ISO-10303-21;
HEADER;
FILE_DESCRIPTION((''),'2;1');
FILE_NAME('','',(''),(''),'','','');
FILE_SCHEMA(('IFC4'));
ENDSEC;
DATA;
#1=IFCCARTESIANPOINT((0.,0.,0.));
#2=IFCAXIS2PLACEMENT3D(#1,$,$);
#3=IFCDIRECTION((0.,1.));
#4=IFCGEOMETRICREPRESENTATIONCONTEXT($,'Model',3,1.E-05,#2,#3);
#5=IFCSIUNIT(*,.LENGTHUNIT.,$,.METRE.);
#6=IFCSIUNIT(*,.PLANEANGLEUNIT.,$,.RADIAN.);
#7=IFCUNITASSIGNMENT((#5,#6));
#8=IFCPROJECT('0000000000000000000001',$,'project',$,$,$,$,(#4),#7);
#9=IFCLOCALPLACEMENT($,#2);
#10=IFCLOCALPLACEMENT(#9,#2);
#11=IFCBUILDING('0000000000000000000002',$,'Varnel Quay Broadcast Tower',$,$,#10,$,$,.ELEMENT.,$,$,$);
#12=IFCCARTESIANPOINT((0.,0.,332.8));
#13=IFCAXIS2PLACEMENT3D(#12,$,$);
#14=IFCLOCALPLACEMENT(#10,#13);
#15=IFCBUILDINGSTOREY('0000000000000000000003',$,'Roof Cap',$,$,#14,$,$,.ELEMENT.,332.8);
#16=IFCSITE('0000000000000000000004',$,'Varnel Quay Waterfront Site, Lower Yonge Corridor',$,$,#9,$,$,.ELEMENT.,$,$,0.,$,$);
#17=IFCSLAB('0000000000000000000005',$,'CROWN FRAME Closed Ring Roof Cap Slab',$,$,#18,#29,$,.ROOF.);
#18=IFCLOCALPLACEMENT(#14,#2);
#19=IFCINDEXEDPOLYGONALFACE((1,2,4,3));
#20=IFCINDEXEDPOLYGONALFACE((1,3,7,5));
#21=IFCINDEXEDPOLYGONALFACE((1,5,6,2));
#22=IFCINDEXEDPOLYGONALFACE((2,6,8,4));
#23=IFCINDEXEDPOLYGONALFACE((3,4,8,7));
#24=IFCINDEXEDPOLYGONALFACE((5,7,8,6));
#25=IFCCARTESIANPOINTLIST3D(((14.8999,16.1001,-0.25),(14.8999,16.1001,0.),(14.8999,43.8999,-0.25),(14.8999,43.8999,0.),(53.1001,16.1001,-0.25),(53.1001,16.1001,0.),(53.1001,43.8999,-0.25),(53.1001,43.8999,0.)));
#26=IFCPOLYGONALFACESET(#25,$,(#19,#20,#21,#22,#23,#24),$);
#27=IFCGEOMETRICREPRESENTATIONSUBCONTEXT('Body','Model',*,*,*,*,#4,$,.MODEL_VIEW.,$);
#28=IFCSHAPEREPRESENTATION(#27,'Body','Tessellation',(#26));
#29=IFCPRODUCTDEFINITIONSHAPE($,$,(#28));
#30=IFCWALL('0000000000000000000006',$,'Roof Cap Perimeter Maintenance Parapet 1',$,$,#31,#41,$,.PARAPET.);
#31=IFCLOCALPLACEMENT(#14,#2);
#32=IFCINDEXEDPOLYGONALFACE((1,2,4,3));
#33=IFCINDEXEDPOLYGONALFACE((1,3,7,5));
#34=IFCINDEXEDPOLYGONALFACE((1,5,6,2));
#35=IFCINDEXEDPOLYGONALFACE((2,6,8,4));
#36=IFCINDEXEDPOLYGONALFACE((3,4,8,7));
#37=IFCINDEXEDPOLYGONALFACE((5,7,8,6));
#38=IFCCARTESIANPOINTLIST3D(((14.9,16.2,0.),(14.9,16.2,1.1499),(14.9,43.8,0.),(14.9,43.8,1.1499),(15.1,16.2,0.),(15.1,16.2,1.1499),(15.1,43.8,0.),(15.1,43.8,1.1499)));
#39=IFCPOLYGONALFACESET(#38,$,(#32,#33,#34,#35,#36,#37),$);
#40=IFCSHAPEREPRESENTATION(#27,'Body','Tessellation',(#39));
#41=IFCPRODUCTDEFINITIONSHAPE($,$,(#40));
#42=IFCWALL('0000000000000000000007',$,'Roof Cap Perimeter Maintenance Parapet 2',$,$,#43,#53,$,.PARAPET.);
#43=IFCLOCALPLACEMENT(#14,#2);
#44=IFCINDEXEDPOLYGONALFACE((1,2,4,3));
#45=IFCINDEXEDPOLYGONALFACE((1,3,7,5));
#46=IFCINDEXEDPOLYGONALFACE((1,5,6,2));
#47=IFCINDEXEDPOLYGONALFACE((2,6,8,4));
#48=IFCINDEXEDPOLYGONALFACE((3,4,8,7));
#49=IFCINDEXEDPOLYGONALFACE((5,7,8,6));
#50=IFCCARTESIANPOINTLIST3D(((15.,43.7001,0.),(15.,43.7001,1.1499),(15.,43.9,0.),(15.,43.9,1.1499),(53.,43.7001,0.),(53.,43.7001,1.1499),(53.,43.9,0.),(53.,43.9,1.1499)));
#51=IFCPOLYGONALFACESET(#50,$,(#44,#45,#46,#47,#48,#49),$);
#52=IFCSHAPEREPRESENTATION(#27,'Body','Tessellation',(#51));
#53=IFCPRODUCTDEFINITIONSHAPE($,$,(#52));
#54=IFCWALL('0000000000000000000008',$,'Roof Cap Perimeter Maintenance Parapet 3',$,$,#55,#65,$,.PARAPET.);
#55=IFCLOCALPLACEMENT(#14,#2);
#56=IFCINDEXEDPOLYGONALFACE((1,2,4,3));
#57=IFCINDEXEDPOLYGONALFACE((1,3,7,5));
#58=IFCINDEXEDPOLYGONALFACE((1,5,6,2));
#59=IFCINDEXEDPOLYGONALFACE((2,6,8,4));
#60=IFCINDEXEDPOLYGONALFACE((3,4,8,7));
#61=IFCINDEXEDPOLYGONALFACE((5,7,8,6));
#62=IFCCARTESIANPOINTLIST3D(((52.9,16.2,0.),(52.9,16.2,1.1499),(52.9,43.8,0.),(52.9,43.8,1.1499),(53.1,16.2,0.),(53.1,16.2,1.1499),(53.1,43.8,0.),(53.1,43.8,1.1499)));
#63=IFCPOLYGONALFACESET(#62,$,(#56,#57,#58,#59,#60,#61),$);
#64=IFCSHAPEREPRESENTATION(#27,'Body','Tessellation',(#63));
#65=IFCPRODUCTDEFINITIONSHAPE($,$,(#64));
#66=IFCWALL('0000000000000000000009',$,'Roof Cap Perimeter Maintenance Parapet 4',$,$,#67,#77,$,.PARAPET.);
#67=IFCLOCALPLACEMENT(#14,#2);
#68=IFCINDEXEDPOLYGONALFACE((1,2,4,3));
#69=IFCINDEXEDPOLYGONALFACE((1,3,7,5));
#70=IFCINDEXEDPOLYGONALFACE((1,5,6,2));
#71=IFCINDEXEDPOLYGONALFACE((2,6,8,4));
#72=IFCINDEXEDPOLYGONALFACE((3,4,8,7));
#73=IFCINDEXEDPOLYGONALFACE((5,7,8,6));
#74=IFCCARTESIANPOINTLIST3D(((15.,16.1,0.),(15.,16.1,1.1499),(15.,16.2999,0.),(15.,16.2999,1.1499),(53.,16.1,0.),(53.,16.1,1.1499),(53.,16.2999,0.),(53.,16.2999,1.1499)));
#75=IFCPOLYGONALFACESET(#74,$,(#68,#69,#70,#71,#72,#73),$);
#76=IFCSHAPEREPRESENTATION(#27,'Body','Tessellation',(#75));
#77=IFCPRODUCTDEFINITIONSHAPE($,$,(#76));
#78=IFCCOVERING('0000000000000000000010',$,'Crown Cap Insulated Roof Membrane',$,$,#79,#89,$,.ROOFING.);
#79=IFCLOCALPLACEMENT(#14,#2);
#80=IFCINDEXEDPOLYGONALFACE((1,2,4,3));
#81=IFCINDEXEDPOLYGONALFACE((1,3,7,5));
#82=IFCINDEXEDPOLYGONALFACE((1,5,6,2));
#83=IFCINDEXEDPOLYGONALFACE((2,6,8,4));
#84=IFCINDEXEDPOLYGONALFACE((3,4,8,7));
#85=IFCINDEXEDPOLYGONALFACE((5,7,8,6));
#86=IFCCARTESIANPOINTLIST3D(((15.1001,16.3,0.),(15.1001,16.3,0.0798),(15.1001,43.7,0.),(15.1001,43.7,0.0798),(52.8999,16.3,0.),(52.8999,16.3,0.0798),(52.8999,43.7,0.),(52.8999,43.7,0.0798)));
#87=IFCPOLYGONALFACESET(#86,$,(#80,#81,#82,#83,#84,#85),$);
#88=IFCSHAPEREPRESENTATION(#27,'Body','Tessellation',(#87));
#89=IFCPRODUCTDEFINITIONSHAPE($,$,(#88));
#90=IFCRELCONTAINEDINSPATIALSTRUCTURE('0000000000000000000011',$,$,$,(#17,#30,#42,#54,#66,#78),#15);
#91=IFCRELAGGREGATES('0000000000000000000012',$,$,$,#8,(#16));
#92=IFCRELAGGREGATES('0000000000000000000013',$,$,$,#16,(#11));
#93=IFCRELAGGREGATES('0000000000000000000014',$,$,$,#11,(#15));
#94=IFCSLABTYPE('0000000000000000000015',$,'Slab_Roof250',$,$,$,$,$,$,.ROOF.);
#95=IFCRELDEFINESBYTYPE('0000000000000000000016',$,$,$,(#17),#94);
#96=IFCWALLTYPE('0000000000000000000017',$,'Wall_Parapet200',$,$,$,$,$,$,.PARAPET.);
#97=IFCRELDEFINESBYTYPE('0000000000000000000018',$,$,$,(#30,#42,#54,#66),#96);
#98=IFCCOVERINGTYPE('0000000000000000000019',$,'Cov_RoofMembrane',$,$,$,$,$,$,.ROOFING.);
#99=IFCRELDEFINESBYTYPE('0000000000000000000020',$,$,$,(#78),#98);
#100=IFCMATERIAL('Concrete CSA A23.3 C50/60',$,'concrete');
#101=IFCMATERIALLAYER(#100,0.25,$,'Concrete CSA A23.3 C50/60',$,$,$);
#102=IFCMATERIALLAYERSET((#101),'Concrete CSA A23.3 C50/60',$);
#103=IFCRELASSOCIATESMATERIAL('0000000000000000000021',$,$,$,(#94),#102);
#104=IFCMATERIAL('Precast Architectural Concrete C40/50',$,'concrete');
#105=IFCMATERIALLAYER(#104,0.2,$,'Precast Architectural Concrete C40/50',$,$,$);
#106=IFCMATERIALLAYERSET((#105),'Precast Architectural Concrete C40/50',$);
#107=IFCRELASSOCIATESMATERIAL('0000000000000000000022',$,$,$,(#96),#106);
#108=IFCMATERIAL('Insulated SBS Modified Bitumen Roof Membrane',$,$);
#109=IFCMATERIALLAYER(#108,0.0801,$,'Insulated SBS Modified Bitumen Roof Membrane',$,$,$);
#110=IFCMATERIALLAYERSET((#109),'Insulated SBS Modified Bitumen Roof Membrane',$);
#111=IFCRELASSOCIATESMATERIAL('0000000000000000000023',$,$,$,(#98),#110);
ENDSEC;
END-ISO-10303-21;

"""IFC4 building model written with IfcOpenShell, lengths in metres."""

from ifc_helpers import new_model, si_unit, direction, frame, frame_2d, origin, place, context, subcontext, project, spatial, polyline, rectangle, outline, extrude, material, layer, layer_set, type_object, element, save


model = new_model("IFC4")

# Units and contexts
model_context = context("Model", 3, precision=1e-05, world=origin(), true_north=direction((0.0, 1.0)))
body_context = subcontext(model_context, "Body", "Model", "MODEL_VIEW")
ifc_project = project(units=[si_unit("LENGTHUNIT", "METRE"), si_unit("PLANEANGLEUNIT", "RADIAN")], contexts=[model_context])

# Site, building, storey
site_placement = place(None, origin())
site = spatial("IfcSite", under=ifc_project, at=site_placement, Name="Varnel Quay Waterfront Site, Lower Yonge Corridor", CompositionType="ELEMENT", RefElevation=0.0)
building_placement = place(site_placement, origin())
building = spatial("IfcBuilding", under=site, at=building_placement, Name="Varnel Quay Broadcast Tower", CompositionType="ELEMENT")
storey_placement = place(building_placement, frame((0.0, 0.0, 332.8)))
storey = spatial("IfcBuildingStorey", under=building, at=storey_placement, Name="Roof Cap", CompositionType="ELEMENT", Elevation=332.8)

# Slab
ifc_material_1 = material(Name="Concrete CSA A23.3 C50/60", Category="concrete")
ifc_layer_1 = layer(ifc_material_1, 0.25, Name="Concrete CSA A23.3 C50/60")
ifc_layer_set_1 = layer_set([ifc_layer_1], Name="Concrete CSA A23.3 C50/60")
slab_type = type_object("IfcSlabType", Name="Slab_Roof250", PredefinedType="ROOF", material=ifc_layer_set_1)
slab_placement = place(storey_placement, frame((0.0, 0.0, -0.25)))
element("IfcSlab", 1, at=slab_placement, inside=storey, type_object=slab_type, Name="CROWN FRAME Closed Ring Roof Cap Slab", PredefinedType="ROOF", context=body_context, shape_type="SweptSolid", body=[
    extrude(outline(polyline([(14.8999, 16.1001), (53.1001, 16.1001), (53.1001, 43.8999), (14.8999, 43.8999), (14.8999, 16.1001)])), origin(), (0.0, 0.0, 1.0), 0.25),
])

# Walls
ifc_material_2 = material(Name="Precast Architectural Concrete C40/50", Category="concrete")
ifc_layer_2 = layer(ifc_material_2, 0.2, Name="Precast Architectural Concrete C40/50")
ifc_layer_set_2 = layer_set([ifc_layer_2], Name="Precast Architectural Concrete C40/50")
wall_type = type_object("IfcWallType", Name="Wall_Parapet200", PredefinedType="PARAPET", material=ifc_layer_set_2)
wall_1_placement = place(storey_placement, frame((15.0, 16.2, 0.0), z_axis=(0.0, 0.0, 1.0), x_axis=(0.0, 1.0, 0.0)))
element("IfcWall", 2, at=wall_1_placement, inside=storey, type_object=wall_type, Name="Roof Cap Perimeter Maintenance Parapet 1", PredefinedType="PARAPET", context=body_context, shape_type="SweptSolid", body=[
    extrude(rectangle(XDim=27.6001, YDim=0.2, at=frame_2d((13.8, 0.0))), origin(), (0.0, 0.0, 1.0), 1.1499),
])
wall_2_placement = place(storey_placement, frame((15.0, 43.8, 0.0), z_axis=(0.0, 0.0, 1.0), x_axis=(1.0, 0.0, 0.0)))
element("IfcWall", 3, at=wall_2_placement, inside=storey, type_object=wall_type, Name="Roof Cap Perimeter Maintenance Parapet 2", PredefinedType="PARAPET", context=body_context, shape_type="SweptSolid", body=[
    extrude(rectangle(XDim=38.0, YDim=0.2, at=frame_2d((19.0, 0.0))), origin(), (0.0, 0.0, 1.0), 1.1499),
])
wall_3_placement = place(storey_placement, frame((53.0, 43.8, 0.0), z_axis=(0.0, 0.0, 1.0), x_axis=(0.0, -1.0, 0.0)))
element("IfcWall", 4, at=wall_3_placement, inside=storey, type_object=wall_type, Name="Roof Cap Perimeter Maintenance Parapet 3", PredefinedType="PARAPET", context=body_context, shape_type="SweptSolid", body=[
    extrude(rectangle(XDim=27.6001, YDim=0.2, at=frame_2d((13.8, 0.0))), origin(), (0.0, 0.0, 1.0), 1.1499),
])
wall_4_placement = place(storey_placement, frame((53.0, 16.2, 0.0), z_axis=(0.0, 0.0, 1.0), x_axis=(-1.0, 0.0, 0.0)))
element("IfcWall", 5, at=wall_4_placement, inside=storey, type_object=wall_type, Name="Roof Cap Perimeter Maintenance Parapet 4", PredefinedType="PARAPET", context=body_context, shape_type="SweptSolid", body=[
    extrude(rectangle(XDim=38.0, YDim=0.2, at=frame_2d((19.0, 0.0))), origin(), (0.0, 0.0, 1.0), 1.1499),
])

# Covering
ifc_material_3 = material(Name="Insulated SBS Modified Bitumen Roof Membrane")
ifc_layer_3 = layer(ifc_material_3, 0.0801, Name="Insulated SBS Modified Bitumen Roof Membrane")
ifc_layer_set_3 = layer_set([ifc_layer_3], Name="Insulated SBS Modified Bitumen Roof Membrane")
covering_type = type_object("IfcCoveringType", Name="Cov_RoofMembrane", PredefinedType="ROOFING", material=ifc_layer_set_3)
covering_placement = place(storey_placement, origin())
element("IfcCovering", 6, at=covering_placement, inside=storey, type_object=covering_type, Name="Crown Cap Insulated Roof Membrane", PredefinedType="ROOFING", context=body_context, shape_type="SweptSolid", body=[
    extrude(outline(polyline([(15.1001, 16.3), (52.8999, 16.3), (52.8999, 43.7), (15.1001, 43.7), (15.1001, 16.3)])), origin(), (0.0, 0.0, 1.0), 0.0798),
])

save(model, "model.ifc")
